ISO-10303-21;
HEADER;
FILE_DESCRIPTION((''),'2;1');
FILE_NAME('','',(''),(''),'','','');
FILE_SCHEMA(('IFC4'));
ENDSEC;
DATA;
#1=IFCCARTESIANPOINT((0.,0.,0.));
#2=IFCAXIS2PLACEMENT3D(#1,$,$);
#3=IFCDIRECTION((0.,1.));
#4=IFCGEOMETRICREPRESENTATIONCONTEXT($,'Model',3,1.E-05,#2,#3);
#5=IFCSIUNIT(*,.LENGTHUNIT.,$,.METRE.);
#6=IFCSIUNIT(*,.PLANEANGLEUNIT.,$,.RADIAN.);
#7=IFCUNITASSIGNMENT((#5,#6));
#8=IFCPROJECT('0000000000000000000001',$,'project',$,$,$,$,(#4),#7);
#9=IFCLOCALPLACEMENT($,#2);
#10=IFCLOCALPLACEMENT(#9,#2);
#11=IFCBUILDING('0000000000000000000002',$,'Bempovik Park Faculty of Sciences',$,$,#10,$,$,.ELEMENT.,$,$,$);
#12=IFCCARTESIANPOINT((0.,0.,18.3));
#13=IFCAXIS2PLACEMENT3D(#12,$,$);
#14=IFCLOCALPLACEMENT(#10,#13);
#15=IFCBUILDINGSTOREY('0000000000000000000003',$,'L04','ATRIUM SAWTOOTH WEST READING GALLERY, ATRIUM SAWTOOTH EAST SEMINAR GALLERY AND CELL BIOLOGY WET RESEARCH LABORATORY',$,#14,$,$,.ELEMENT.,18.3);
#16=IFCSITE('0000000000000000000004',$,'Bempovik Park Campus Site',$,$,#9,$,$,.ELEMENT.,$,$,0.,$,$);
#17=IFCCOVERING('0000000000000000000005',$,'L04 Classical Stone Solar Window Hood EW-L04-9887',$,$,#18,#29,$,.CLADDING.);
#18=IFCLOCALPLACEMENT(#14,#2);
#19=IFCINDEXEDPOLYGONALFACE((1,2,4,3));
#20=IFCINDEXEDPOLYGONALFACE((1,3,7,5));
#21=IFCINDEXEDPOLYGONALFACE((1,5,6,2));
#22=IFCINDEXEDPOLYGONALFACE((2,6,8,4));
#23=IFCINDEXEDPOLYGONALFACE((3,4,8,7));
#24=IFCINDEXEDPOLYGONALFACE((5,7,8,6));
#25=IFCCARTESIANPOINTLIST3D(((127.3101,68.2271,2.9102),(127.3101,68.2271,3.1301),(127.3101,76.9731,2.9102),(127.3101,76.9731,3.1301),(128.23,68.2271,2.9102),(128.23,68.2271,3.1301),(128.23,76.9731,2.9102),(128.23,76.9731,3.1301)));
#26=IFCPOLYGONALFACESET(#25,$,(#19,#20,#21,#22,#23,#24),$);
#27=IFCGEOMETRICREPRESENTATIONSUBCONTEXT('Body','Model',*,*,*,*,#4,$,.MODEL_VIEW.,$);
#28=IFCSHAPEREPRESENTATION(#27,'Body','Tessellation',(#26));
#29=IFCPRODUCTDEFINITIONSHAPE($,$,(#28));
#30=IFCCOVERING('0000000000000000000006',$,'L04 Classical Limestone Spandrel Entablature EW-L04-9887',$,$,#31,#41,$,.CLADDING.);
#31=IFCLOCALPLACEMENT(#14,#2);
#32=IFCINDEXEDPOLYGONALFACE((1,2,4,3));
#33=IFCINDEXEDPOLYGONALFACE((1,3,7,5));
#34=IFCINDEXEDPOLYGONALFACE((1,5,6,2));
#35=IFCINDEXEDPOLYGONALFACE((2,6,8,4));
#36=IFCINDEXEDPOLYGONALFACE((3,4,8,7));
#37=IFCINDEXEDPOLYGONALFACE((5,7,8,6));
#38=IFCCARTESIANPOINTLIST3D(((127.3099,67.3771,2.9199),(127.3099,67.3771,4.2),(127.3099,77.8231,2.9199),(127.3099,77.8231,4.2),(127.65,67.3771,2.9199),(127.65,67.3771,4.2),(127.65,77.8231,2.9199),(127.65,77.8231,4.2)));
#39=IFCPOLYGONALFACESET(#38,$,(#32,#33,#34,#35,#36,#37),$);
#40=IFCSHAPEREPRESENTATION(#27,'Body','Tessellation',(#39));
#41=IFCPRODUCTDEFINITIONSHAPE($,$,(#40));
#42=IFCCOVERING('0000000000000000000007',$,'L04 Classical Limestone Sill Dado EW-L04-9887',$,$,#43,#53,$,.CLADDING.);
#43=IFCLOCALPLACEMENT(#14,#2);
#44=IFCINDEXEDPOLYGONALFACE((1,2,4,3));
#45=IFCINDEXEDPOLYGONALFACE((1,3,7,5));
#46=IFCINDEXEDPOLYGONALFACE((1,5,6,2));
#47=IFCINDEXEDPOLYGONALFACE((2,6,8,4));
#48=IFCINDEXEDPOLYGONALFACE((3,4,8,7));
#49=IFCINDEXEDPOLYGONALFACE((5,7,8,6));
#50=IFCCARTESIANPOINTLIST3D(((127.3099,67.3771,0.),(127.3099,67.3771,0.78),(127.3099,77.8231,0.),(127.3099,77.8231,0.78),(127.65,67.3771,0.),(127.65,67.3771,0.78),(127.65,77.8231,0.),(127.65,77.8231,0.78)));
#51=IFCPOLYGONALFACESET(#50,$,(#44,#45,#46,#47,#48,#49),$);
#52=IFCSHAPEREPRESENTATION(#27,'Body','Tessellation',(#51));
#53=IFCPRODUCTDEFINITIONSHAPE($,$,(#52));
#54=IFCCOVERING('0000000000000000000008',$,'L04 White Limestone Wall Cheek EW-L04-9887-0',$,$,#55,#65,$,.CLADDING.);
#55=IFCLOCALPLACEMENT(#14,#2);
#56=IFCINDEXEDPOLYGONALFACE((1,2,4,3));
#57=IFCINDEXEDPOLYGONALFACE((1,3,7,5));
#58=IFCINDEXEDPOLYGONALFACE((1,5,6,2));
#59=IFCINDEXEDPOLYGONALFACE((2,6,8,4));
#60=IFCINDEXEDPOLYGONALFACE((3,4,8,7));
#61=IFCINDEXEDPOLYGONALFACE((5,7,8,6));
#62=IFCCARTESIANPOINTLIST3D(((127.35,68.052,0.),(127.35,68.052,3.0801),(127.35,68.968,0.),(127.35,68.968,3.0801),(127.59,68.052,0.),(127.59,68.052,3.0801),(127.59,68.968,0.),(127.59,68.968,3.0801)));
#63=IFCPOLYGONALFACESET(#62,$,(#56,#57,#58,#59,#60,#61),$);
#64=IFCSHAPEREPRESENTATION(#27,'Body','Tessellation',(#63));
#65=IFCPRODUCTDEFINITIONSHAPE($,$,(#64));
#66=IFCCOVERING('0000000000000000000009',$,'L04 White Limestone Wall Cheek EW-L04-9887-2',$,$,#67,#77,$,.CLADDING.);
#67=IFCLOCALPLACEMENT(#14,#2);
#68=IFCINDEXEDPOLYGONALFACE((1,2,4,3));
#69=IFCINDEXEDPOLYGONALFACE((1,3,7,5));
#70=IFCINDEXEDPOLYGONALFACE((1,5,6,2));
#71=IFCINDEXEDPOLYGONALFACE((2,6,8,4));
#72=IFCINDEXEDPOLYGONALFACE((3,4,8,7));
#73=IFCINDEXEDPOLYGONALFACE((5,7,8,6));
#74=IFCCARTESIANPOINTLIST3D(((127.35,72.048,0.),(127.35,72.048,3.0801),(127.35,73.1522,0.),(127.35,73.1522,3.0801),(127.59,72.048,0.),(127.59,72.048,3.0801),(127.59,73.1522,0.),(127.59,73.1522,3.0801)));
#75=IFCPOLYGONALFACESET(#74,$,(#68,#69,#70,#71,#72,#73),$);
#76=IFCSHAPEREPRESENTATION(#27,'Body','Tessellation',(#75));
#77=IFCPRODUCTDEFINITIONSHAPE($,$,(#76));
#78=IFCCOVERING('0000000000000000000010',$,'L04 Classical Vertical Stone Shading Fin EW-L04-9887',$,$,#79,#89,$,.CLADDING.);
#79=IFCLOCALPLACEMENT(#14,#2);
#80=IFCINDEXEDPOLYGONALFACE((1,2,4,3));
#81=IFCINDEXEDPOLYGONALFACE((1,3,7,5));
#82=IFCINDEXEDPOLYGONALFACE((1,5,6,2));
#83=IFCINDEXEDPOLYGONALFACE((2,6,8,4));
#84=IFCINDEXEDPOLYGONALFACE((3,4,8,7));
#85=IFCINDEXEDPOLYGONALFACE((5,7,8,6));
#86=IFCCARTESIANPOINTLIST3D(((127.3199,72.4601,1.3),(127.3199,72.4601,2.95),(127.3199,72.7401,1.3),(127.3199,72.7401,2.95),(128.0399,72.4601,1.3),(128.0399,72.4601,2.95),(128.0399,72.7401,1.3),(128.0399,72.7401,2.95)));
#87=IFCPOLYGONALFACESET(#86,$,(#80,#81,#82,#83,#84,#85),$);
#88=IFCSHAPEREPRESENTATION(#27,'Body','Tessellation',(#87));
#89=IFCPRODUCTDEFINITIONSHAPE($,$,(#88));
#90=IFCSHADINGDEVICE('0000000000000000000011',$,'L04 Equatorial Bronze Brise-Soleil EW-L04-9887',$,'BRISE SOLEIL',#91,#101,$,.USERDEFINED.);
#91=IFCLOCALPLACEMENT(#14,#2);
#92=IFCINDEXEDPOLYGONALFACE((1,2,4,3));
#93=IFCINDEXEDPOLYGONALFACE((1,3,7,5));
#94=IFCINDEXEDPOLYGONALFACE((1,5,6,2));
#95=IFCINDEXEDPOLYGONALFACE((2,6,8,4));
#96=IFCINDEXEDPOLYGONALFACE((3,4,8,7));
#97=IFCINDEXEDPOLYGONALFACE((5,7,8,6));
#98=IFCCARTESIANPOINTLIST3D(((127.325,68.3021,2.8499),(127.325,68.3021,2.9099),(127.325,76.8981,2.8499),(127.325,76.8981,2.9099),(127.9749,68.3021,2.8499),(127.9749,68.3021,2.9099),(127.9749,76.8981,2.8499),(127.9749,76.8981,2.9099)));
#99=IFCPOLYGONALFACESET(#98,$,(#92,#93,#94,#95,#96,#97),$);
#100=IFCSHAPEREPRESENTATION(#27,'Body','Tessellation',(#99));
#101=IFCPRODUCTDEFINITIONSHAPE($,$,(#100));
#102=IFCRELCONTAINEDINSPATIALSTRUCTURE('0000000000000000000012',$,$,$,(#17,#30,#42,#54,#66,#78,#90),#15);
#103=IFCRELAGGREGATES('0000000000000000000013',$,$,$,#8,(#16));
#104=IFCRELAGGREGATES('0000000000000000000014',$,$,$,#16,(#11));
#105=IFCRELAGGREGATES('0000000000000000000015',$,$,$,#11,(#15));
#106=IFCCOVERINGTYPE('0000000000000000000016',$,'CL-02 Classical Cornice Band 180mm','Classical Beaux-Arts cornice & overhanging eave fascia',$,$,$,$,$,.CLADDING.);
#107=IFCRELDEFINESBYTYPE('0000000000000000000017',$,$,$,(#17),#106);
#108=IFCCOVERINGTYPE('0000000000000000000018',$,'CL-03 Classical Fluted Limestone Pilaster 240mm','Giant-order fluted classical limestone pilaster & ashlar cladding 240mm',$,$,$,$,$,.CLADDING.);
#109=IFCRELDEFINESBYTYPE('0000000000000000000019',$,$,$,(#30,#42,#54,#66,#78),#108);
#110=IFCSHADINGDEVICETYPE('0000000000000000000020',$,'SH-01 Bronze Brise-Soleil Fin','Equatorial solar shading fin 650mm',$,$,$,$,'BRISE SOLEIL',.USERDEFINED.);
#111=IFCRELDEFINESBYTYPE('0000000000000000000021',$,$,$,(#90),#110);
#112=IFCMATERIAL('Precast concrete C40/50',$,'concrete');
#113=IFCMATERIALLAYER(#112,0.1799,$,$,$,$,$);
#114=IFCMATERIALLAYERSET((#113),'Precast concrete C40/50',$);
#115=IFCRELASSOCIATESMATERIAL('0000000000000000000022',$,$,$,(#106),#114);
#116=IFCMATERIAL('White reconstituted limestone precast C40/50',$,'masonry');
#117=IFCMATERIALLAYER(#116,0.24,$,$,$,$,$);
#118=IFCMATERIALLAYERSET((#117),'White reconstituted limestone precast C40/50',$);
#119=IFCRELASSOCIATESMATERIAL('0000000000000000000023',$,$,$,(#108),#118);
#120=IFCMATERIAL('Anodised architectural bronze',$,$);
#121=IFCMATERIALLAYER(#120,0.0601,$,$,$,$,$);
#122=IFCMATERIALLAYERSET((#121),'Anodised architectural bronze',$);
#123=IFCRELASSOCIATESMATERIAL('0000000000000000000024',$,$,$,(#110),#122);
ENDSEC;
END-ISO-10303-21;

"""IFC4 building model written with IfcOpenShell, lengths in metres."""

from ifc_helpers import new_model, si_unit, direction, frame, origin, origin_2d, place, context, subcontext, project, spatial, rectangle, extrude, material, layer, layer_set, type_object, element, save


model = new_model("IFC4")

# Units and contexts
model_context = context("Model", 3, precision=1e-05, world=origin(), true_north=direction((0.0, 1.0)))
body_context = subcontext(model_context, "Body", "Model", "MODEL_VIEW")
ifc_project = project(units=[si_unit("LENGTHUNIT", "METRE"), si_unit("PLANEANGLEUNIT", "RADIAN")], contexts=[model_context])

# Site, building, storey
site_placement = place(None, origin())
site = spatial("IfcSite", under=ifc_project, at=site_placement, Name="Bempovik Park Campus Site", CompositionType="ELEMENT", RefElevation=0.0)
building_placement = place(site_placement, origin())
building = spatial("IfcBuilding", under=site, at=building_placement, Name="Bempovik Park Faculty of Sciences", CompositionType="ELEMENT")
storey_placement = place(building_placement, frame((0.0, 0.0, 18.3)))
storey = spatial("IfcBuildingStorey", under=building, at=storey_placement, Name="L04", Description="ATRIUM SAWTOOTH WEST READING GALLERY, ATRIUM SAWTOOTH EAST SEMINAR GALLERY AND CELL BIOLOGY WET RESEARCH LABORATORY", CompositionType="ELEMENT", Elevation=18.3)

# Shared definitions
ifc_material_1 = material(Name="Precast concrete C40/50", Category="concrete")

# Coverings
ifc_layer_1 = layer(ifc_material_1, 0.1799)
ifc_layer_set_1 = layer_set([ifc_layer_1], Name="Precast concrete C40/50")
covering_type_1 = type_object("IfcCoveringType", Name="CL-02 Classical Cornice Band 180mm", Description="Classical Beaux-Arts cornice & overhanging eave fascia", PredefinedType="CLADDING", material=ifc_layer_set_1)
covering_1_placement = place(storey_placement, frame((127.77, 72.6001, 2.9102), z_axis=(0.0, 0.0, 1.0), x_axis=(1.0, 0.0, 0.0)))
element("IfcCovering", 1, at=covering_1_placement, inside=storey, type_object=covering_type_1, Name="L04 Classical Stone Solar Window Hood EW-L04-9887", PredefinedType="CLADDING", context=body_context, shape_type="SweptSolid", body=[
    extrude(rectangle(XDim=0.9199, YDim=8.7461, at=origin_2d()), origin(), (0.0, 0.0, 1.0), 0.22),
])
ifc_material_2 = material(Name="White reconstituted limestone precast C40/50", Category="masonry")
ifc_layer_2 = layer(ifc_material_2, 0.24)
ifc_layer_set_2 = layer_set([ifc_layer_2], Name="White reconstituted limestone precast C40/50")
covering_type_2 = type_object("IfcCoveringType", Name="CL-03 Classical Fluted Limestone Pilaster 240mm", Description="Giant-order fluted classical limestone pilaster & ashlar cladding 240mm", PredefinedType="CLADDING", material=ifc_layer_set_2)
covering_2_placement = place(storey_placement, frame((127.48, 72.6001, 2.9199), z_axis=(0.0, 0.0, 1.0), x_axis=(1.0, 0.0, 0.0)))
element("IfcCovering", 2, at=covering_2_placement, inside=storey, type_object=covering_type_2, Name="L04 Classical Limestone Spandrel Entablature EW-L04-9887", PredefinedType="CLADDING", context=body_context, shape_type="SweptSolid", body=[
    extrude(rectangle(XDim=0.3401, YDim=10.446, at=origin_2d()), origin(), (0.0, 0.0, 1.0), 1.28),
])
covering_3_placement = place(storey_placement, frame((127.48, 72.6001, 0.0), z_axis=(0.0, 0.0, 1.0), x_axis=(1.0, 0.0, 0.0)))
element("IfcCovering", 3, at=covering_3_placement, inside=storey, type_object=covering_type_2, Name="L04 Classical Limestone Sill Dado EW-L04-9887", PredefinedType="CLADDING", context=body_context, shape_type="SweptSolid", body=[
    extrude(rectangle(XDim=0.3401, YDim=10.446, at=origin_2d()), origin(), (0.0, 0.0, 1.0), 0.78),
])
covering_4_placement = place(storey_placement, frame((127.47, 68.51, 0.0), z_axis=(0.0, 0.0, 1.0), x_axis=(1.0, 0.0, 0.0)))
element("IfcCovering", 4, at=covering_4_placement, inside=storey, type_object=covering_type_2, Name="L04 White Limestone Wall Cheek EW-L04-9887-0", PredefinedType="CLADDING", context=body_context, shape_type="SweptSolid", body=[
    extrude(rectangle(XDim=0.24, YDim=0.916, at=origin_2d()), origin(), (0.0, 0.0, 1.0), 3.0801),
])
covering_5_placement = place(storey_placement, frame((127.47, 72.6001, 0.0), z_axis=(0.0, 0.0, 1.0), x_axis=(1.0, 0.0, 0.0)))
element("IfcCovering", 5, at=covering_5_placement, inside=storey, type_object=covering_type_2, Name="L04 White Limestone Wall Cheek EW-L04-9887-2", PredefinedType="CLADDING", context=body_context, shape_type="SweptSolid", body=[
    extrude(rectangle(XDim=0.24, YDim=1.1042, at=origin_2d()), origin(), (0.0, 0.0, 1.0), 3.0801),
])
covering_6_placement = place(storey_placement, frame((127.6799, 72.6001, 1.3), z_axis=(0.0, 0.0, 1.0), x_axis=(1.0, 0.0, 0.0)))
element("IfcCovering", 6, at=covering_6_placement, inside=storey, type_object=covering_type_2, Name="L04 Classical Vertical Stone Shading Fin EW-L04-9887", PredefinedType="CLADDING", context=body_context, shape_type="SweptSolid", body=[
    extrude(rectangle(XDim=0.72, YDim=0.28, at=origin_2d()), origin(), (0.0, 0.0, 1.0), 1.6499),
])

# Shading device
ifc_material_3 = material(Name="Anodised architectural bronze")
ifc_layer_3 = layer(ifc_material_3, 0.0601)
ifc_layer_set_3 = layer_set([ifc_layer_3], Name="Anodised architectural bronze")
shading_device_type = type_object("IfcShadingDeviceType", Name="SH-01 Bronze Brise-Soleil Fin", Description="Equatorial solar shading fin 650mm", ElementType="BRISE SOLEIL", PredefinedType="USERDEFINED", material=ifc_layer_set_3)
shading_device_placement = place(storey_placement, frame((127.6499, 72.6001, 2.8499), z_axis=(0.0, 0.0, 1.0), x_axis=(1.0, 0.0, 0.0)))
element("IfcShadingDevice", 7, at=shading_device_placement, inside=storey, type_object=shading_device_type, Name="L04 Equatorial Bronze Brise-Soleil EW-L04-9887", ObjectType="BRISE SOLEIL", PredefinedType="USERDEFINED", context=body_context, shape_type="SweptSolid", body=[
    extrude(rectangle(XDim=0.6499, YDim=8.5959, at=origin_2d()), origin(), (0.0, 0.0, 1.0), 0.0601),
])

save(model, "model.ifc")
